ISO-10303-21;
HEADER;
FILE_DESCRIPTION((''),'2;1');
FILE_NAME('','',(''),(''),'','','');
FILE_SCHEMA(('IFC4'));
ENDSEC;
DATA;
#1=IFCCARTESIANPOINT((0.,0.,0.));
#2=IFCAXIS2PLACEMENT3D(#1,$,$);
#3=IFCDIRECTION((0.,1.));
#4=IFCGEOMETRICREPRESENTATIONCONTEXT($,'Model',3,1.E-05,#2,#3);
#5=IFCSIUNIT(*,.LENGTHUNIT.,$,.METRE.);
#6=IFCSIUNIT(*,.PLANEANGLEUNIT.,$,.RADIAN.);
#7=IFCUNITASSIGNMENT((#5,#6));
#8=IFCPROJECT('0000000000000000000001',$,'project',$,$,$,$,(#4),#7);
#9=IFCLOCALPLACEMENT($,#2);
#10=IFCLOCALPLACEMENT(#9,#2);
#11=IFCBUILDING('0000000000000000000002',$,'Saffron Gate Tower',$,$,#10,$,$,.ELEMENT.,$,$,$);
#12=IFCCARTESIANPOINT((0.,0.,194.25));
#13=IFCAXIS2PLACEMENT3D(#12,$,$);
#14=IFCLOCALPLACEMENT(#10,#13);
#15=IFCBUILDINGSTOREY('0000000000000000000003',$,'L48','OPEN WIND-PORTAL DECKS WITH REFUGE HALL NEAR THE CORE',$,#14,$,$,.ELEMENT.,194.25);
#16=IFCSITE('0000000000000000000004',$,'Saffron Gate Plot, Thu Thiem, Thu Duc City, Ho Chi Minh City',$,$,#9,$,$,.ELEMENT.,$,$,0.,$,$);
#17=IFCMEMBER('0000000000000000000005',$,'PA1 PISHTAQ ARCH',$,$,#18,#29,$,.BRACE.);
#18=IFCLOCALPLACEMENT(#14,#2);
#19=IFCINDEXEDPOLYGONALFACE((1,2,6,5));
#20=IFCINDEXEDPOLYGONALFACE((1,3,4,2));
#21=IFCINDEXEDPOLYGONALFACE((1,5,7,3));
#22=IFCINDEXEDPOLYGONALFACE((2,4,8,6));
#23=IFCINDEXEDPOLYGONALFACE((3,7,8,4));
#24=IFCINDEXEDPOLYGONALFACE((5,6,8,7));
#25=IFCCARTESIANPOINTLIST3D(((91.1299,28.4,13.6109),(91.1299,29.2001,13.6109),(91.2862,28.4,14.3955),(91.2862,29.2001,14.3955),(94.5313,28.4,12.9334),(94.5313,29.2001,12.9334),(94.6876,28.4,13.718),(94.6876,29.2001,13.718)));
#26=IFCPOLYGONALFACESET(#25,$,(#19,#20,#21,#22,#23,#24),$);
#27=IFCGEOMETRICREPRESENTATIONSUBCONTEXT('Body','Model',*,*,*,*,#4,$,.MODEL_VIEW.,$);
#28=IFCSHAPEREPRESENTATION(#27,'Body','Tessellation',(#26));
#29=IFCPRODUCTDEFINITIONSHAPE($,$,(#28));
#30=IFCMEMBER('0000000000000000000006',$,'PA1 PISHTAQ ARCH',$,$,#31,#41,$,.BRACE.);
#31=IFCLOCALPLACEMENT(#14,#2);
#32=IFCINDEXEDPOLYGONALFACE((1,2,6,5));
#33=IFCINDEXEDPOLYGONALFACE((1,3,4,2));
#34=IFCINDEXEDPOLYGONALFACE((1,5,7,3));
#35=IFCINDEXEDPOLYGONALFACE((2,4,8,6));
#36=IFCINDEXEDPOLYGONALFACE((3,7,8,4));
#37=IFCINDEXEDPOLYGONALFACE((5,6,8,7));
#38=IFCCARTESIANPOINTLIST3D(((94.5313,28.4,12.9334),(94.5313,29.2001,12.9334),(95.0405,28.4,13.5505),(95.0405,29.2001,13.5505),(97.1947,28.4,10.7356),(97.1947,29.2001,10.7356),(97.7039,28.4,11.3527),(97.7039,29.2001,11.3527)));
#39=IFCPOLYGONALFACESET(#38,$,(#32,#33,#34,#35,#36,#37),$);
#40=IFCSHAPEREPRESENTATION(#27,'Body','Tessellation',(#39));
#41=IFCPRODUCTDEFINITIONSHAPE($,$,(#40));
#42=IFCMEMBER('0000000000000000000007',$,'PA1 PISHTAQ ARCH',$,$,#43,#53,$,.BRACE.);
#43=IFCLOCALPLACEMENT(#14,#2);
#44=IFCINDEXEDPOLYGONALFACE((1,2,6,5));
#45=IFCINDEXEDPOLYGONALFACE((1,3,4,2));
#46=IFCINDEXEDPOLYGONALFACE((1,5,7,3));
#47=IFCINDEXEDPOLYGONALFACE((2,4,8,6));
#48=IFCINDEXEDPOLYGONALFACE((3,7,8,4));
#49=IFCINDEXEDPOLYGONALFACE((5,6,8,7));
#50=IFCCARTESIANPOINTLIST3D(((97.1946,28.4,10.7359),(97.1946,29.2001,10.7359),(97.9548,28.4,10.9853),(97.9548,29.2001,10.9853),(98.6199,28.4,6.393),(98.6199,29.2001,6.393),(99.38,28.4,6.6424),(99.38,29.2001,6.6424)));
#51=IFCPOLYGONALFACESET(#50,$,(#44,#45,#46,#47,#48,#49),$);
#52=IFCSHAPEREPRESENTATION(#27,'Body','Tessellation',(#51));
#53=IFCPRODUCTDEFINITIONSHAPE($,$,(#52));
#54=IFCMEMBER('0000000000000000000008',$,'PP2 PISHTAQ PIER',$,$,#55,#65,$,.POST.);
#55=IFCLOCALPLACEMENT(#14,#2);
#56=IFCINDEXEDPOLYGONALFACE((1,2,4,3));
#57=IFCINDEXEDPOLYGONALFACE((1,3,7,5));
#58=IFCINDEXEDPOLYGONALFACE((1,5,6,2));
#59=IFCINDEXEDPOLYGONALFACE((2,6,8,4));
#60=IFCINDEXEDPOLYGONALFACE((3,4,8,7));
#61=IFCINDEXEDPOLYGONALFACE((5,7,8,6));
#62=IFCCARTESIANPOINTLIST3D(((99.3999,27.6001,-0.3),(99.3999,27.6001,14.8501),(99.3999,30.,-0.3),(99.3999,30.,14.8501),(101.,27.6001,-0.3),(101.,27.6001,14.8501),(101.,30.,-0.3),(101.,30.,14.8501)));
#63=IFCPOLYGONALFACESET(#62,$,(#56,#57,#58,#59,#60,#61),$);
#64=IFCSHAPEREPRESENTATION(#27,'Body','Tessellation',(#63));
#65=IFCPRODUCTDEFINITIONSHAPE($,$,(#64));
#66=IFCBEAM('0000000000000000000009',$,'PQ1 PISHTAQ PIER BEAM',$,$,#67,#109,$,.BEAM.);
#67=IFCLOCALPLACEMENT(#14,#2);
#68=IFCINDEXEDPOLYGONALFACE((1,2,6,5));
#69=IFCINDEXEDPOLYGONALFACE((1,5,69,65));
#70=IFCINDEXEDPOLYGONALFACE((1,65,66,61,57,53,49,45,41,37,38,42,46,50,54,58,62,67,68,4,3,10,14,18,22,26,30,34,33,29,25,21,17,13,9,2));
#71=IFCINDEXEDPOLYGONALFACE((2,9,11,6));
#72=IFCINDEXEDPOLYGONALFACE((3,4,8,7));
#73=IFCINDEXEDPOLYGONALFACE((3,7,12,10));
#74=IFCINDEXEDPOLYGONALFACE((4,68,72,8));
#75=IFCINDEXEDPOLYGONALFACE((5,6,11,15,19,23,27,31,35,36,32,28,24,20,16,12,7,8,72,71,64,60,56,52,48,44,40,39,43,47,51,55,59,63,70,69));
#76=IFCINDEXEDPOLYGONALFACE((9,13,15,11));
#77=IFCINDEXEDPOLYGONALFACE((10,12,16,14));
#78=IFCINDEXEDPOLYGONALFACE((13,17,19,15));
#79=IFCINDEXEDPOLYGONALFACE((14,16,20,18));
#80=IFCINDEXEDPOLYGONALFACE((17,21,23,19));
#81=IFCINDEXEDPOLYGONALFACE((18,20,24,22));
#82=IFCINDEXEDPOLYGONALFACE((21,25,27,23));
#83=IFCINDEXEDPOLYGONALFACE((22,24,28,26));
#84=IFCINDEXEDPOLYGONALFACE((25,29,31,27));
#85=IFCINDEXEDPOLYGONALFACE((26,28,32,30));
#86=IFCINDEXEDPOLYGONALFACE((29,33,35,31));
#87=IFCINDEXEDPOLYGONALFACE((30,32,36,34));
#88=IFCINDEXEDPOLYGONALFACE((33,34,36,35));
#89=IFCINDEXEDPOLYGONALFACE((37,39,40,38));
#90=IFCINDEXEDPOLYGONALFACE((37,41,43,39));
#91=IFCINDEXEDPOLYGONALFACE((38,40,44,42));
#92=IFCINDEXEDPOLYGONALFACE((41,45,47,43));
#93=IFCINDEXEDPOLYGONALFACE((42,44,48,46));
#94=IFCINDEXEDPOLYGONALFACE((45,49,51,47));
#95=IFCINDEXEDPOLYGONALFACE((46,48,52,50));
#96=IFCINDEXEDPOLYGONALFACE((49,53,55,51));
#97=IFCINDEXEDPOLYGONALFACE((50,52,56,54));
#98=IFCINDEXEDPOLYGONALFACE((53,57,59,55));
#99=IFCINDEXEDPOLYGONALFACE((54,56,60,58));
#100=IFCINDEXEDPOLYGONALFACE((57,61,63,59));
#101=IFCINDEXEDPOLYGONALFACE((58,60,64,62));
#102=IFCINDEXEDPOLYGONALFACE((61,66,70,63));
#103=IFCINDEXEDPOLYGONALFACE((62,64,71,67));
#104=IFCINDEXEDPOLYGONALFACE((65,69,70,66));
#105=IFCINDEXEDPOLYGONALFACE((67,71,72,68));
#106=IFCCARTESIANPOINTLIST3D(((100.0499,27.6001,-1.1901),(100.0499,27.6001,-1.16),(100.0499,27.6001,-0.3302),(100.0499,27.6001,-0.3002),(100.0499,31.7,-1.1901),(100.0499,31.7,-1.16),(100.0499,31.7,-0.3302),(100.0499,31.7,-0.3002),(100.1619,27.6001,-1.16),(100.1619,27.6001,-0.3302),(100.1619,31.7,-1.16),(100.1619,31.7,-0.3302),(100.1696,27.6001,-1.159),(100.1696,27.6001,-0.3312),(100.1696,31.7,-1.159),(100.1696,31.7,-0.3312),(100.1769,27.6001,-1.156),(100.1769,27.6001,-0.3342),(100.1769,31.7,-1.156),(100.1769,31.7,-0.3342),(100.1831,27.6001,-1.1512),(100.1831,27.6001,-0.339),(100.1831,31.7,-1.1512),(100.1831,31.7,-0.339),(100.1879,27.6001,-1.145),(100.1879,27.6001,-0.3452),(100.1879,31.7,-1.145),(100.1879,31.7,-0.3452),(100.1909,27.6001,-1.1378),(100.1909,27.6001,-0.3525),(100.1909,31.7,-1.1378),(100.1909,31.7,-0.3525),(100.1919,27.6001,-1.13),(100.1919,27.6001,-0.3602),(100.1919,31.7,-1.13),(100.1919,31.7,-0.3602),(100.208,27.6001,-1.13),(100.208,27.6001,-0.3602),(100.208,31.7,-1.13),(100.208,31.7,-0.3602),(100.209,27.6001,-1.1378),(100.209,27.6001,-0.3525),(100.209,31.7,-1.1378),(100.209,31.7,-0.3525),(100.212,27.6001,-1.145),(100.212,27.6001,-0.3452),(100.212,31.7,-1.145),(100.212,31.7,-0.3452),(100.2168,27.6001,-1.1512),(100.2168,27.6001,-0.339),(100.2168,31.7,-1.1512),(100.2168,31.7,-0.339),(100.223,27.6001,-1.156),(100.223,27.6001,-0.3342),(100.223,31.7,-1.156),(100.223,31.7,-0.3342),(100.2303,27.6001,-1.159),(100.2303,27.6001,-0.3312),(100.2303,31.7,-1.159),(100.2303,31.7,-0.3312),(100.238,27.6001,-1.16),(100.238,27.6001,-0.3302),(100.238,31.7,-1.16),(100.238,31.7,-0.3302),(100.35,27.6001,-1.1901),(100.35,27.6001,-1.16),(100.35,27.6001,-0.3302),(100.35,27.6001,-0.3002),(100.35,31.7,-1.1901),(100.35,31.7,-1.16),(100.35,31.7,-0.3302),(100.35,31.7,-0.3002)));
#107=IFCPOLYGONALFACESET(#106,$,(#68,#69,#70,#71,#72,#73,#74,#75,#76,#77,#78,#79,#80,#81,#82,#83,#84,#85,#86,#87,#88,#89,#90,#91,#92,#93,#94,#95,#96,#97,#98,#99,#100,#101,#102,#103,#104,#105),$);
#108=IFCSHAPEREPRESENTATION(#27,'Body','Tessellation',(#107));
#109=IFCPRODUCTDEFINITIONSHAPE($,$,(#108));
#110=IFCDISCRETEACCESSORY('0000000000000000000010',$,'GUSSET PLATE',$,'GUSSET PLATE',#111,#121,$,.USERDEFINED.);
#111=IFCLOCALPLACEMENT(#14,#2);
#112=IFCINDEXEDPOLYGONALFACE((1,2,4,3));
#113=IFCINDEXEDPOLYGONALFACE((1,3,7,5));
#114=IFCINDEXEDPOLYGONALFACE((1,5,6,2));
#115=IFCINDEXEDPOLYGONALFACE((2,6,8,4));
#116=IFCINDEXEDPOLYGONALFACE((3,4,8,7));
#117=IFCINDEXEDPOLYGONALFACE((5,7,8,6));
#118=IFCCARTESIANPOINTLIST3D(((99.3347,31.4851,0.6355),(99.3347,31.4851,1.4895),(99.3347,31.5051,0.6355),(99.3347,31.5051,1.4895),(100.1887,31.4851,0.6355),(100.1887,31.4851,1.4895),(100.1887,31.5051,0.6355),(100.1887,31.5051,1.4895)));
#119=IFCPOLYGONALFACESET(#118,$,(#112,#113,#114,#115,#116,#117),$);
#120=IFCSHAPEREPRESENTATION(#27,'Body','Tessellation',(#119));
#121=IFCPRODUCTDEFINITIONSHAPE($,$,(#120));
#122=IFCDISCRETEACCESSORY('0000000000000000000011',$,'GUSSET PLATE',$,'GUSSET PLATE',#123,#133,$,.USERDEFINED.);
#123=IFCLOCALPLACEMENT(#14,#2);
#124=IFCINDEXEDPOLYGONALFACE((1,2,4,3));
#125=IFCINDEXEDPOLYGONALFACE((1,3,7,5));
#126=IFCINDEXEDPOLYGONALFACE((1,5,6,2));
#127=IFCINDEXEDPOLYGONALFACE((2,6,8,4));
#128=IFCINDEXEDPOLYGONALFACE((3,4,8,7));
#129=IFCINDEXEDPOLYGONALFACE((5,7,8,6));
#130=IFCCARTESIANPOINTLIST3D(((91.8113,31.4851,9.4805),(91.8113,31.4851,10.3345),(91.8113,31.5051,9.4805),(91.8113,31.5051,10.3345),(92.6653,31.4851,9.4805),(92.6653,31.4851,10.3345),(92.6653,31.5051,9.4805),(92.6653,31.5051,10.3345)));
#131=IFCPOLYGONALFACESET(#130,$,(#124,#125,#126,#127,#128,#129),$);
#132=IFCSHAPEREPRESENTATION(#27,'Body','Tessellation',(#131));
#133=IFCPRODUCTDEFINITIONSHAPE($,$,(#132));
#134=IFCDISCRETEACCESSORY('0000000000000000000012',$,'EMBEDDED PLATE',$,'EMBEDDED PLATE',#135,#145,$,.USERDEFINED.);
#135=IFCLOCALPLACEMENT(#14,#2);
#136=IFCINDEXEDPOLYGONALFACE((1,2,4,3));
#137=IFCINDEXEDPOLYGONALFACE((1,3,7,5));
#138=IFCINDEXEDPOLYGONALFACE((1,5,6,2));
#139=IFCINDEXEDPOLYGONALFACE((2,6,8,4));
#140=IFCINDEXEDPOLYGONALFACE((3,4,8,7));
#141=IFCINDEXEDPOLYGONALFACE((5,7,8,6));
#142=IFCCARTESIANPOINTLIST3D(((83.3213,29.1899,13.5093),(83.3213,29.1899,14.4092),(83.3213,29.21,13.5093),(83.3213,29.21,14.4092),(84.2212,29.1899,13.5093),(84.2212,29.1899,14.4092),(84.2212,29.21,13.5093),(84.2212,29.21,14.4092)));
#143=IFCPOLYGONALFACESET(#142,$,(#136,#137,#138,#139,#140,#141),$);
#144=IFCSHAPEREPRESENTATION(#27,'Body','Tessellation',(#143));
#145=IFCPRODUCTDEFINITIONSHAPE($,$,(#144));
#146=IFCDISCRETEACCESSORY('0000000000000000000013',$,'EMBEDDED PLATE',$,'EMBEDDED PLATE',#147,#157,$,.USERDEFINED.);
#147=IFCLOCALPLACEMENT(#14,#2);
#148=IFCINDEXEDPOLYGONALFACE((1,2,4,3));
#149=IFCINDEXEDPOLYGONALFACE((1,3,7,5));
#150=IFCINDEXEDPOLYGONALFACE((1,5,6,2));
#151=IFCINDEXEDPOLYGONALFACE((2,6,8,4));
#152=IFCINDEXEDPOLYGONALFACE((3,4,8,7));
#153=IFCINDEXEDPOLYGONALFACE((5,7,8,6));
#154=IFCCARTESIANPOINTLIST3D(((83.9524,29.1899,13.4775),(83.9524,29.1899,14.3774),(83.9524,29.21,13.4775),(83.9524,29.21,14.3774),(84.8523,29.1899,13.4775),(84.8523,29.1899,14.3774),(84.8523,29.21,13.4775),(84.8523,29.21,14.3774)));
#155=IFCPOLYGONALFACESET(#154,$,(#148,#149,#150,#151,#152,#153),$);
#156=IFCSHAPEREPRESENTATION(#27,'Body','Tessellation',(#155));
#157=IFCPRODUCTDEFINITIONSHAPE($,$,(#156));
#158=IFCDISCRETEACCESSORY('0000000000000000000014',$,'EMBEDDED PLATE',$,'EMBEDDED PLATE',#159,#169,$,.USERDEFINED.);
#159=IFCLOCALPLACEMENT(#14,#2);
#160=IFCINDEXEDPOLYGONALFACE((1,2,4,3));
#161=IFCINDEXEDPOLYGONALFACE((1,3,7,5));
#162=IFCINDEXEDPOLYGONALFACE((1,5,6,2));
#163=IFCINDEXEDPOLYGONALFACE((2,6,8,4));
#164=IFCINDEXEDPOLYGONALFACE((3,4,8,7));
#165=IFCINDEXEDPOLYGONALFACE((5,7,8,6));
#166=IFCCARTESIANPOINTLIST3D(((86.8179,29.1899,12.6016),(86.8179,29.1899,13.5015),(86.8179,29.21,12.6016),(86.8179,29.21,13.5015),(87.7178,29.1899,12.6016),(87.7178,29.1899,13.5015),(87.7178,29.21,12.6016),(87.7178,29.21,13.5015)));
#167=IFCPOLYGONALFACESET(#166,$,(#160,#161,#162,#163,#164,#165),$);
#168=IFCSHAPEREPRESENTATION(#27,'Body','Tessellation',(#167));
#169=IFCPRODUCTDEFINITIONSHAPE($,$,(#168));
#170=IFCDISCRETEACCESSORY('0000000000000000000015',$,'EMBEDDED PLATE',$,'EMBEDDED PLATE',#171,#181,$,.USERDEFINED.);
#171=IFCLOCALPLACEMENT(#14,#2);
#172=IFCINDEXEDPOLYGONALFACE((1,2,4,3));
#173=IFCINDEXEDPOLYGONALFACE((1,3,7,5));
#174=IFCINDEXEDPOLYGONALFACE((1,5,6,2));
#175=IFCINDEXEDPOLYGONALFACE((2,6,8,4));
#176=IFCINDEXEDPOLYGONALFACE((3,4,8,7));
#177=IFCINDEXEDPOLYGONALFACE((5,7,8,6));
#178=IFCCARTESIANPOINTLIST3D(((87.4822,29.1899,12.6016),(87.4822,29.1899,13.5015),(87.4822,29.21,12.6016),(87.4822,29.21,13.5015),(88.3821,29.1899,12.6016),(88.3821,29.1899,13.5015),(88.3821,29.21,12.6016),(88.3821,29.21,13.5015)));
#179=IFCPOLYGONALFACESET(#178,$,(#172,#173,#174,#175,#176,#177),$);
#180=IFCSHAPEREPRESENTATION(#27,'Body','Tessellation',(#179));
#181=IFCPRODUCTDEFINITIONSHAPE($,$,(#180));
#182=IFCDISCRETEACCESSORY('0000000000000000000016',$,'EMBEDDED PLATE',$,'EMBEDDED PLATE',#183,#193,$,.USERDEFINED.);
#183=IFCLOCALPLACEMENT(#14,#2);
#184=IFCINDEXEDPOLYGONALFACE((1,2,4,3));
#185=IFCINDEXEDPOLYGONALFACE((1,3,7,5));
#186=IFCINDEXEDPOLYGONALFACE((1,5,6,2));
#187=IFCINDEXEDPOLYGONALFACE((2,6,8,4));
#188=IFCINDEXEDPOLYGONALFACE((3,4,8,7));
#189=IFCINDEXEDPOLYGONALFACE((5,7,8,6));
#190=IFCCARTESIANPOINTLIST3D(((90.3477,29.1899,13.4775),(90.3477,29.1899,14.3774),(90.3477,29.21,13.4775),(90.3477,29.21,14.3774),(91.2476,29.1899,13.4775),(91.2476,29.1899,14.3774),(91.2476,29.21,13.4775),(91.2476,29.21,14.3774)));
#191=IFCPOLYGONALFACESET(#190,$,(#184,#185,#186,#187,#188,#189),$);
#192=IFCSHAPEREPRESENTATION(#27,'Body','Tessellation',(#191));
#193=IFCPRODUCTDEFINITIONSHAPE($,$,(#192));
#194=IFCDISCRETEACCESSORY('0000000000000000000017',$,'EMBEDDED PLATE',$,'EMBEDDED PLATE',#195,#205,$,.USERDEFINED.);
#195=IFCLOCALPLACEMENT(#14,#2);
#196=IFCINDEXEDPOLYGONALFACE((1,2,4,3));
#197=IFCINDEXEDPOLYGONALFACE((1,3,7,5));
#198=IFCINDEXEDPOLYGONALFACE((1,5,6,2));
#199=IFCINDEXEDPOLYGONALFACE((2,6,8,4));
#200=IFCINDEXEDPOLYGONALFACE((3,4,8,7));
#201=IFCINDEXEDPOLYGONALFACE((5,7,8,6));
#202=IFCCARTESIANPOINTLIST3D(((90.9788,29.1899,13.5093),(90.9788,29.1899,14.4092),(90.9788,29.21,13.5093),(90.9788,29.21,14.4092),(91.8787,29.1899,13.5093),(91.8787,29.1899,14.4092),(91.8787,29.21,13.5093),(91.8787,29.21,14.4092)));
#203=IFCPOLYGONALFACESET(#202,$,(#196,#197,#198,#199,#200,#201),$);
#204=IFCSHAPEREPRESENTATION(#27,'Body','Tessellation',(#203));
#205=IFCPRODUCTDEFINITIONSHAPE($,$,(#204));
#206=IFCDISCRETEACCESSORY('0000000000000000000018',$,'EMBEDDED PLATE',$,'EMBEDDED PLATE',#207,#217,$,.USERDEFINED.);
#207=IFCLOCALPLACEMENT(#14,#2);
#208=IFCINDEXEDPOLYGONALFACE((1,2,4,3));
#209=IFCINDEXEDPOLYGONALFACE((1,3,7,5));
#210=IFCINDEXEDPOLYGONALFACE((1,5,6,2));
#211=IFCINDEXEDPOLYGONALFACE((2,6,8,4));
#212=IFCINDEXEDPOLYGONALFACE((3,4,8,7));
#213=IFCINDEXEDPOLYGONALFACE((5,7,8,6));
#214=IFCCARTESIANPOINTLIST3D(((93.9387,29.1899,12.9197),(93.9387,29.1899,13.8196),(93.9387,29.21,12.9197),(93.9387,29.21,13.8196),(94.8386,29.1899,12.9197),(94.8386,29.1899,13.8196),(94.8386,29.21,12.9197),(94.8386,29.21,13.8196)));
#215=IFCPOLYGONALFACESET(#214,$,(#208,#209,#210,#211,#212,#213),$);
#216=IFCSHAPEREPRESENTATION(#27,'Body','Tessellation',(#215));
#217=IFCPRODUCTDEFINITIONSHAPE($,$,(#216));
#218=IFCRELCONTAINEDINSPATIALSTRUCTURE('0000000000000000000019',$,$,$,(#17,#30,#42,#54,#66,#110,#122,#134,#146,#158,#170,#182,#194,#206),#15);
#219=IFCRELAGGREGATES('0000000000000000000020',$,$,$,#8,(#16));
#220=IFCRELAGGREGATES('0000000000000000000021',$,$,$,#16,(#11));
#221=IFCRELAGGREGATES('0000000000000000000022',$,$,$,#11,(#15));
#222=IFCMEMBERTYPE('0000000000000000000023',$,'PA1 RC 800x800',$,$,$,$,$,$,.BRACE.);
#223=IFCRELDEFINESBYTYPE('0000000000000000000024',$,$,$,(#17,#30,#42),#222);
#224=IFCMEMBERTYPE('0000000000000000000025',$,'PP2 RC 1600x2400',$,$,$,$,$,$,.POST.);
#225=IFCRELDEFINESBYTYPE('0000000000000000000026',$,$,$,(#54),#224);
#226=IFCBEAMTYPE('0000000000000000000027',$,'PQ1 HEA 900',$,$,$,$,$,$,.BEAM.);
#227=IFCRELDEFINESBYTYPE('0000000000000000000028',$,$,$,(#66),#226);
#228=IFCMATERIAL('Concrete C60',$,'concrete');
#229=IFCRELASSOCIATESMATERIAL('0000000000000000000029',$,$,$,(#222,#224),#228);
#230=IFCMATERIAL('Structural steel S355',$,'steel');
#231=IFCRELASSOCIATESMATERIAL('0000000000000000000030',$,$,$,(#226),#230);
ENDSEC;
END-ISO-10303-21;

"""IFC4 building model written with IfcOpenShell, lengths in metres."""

from ifc_helpers import new_model, si_unit, direction, frame, origin, origin_2d, place, context, subcontext, project, spatial, rectangle, i_section, extrude, material, material_profile, profile_set, type_object, element, save


model = new_model("IFC4")

# Units and contexts
model_context = context("Model", 3, precision=1e-05, world=origin(), true_north=direction((0.0, 1.0)))
body_context = subcontext(model_context, "Body", "Model", "MODEL_VIEW")
ifc_project = project(units=[si_unit("LENGTHUNIT", "METRE"), si_unit("PLANEANGLEUNIT", "RADIAN")], contexts=[model_context])

# Site, building, storey
site_placement = place(None, origin())
site = spatial("IfcSite", under=ifc_project, at=site_placement, Name="Saffron Gate Plot, Thu Thiem, Thu Duc City, Ho Chi Minh City", CompositionType="ELEMENT", RefElevation=0.0)
building_placement = place(site_placement, origin())
building = spatial("IfcBuilding", under=site, at=building_placement, Name="Saffron Gate Tower", CompositionType="ELEMENT")
storey_placement = place(building_placement, frame((0.0, 0.0, 194.25)))
storey = spatial("IfcBuildingStorey", under=building, at=storey_placement, Name="L48", Description="OPEN WIND-PORTAL DECKS WITH REFUGE HALL NEAR THE CORE", CompositionType="ELEMENT", Elevation=194.25)

# Shared definitions
ifc_material_1 = material(Name="Structural steel S355", Category="steel")

# Members
ifc_material_2 = material(Name="Concrete C60", Category="concrete")
ifc_material_profile_1 = material_profile(ifc_material_2, rectangle(XDim=0.8, YDim=0.8, at=origin_2d()))
ifc_profile_set_1 = profile_set([ifc_material_profile_1], Name="Concrete C60")
member_type_1 = type_object("IfcMemberType", Name="PA1 RC 800x800", PredefinedType="BRACE", material=ifc_profile_set_1)
member_1_placement = place(storey_placement, frame((91.208, 28.8, 14.0032), z_axis=(0.980735, 0.0, -0.195344), x_axis=(0.0, 1.0, 0.0)))
element("IfcMember", 1, at=member_1_placement, inside=storey, type_object=member_type_1, Name="PA1 PISHTAQ ARCH", PredefinedType="BRACE", context=body_context, shape_type="SweptSolid", body=[
    extrude(rectangle(XDim=0.8, YDim=0.8, at=origin_2d()), origin(), (0.0, 0.0, 1.0), 3.4683),
])
member_2_placement = place(storey_placement, frame((94.7859, 28.8, 13.2419), z_axis=(0.771301, 0.0, -0.63647), x_axis=(0.0, 1.0, 0.0)))
element("IfcMember", 2, at=member_2_placement, inside=storey, type_object=member_type_1, Name="PA1 PISHTAQ ARCH", PredefinedType="BRACE", context=body_context, shape_type="SweptSolid", body=[
    extrude(rectangle(XDim=0.8, YDim=0.8, at=origin_2d()), origin(), (0.0, 0.0, 1.0), 3.4531),
])
member_3_placement = place(storey_placement, frame((97.5747, 28.8, 10.8606), z_axis=(0.311818, 0.0, -0.950142), x_axis=(0.0, 1.0, 0.0)))
element("IfcMember", 3, at=member_3_placement, inside=storey, type_object=member_type_1, Name="PA1 PISHTAQ ARCH", PredefinedType="BRACE", context=body_context, shape_type="SweptSolid", body=[
    extrude(rectangle(XDim=0.8, YDim=0.8, at=origin_2d()), origin(), (0.0, 0.0, 1.0), 4.5708),
])
ifc_material_profile_2 = material_profile(ifc_material_2, rectangle(XDim=1.6001, YDim=2.3999, at=origin_2d()))
ifc_profile_set_2 = profile_set([ifc_material_profile_2], Name="Concrete C60")
member_type_2 = type_object("IfcMemberType", Name="PP2 RC 1600x2400", PredefinedType="POST", material=ifc_profile_set_2)
member_4_placement = place(storey_placement, frame((100.2, 28.8, -0.3), z_axis=(0.0, 0.0, 1.0), x_axis=(1.0, 0.0, 0.0)))
element("IfcMember", 4, at=member_4_placement, inside=storey, type_object=member_type_2, Name="PP2 PISHTAQ PIER", PredefinedType="POST", context=body_context, shape_type="SweptSolid", body=[
    extrude(rectangle(XDim=1.6001, YDim=2.3999, at=origin_2d()), origin(), (0.0, 0.0, 1.0), 15.1501),
])

# Beam
ifc_material_profile_3 = material_profile(ifc_material_1, i_section(OverallWidth=0.3, OverallDepth=0.8899, WebThickness=0.0161, FlangeThickness=0.03, FilletRadius=0.03, at=origin_2d()))
ifc_profile_set_3 = profile_set([ifc_material_profile_3], Name="Structural steel S355")
beam_type_1 = type_object("IfcBeamType", Name="PQ1 HEA 900", PredefinedType="BEAM", material=ifc_profile_set_3)
beam_1_placement = place(storey_placement, frame((100.2, 27.6001, -0.7451), z_axis=(0.0, 1.0, 0.0), x_axis=(-1.0, 0.0, 0.0)))
element("IfcBeam", 5, at=beam_1_placement, inside=storey, type_object=beam_type_1, Name="PQ1 PISHTAQ PIER BEAM", PredefinedType="BEAM", context=body_context, shape_type="SweptSolid", body=[
    extrude(i_section(OverallWidth=0.3, OverallDepth=0.8899, WebThickness=0.0161, FlangeThickness=0.03, FilletRadius=0.03, at=origin_2d()), origin(), (0.0, 0.0, 1.0), 4.0999),
])

# Discrete accessories
for number, where, z_axis, x_axis, name in (
    (6, (99.7617, 31.4951, 0.6355), (0.0, 0.0, 1.0), (-1.0, 0.0, 0.0), "GUSSET PLATE"),
    (7, (92.2383, 31.4951, 9.4805), (0.0, 0.0, 1.0), (-1.0, 0.0, 0.0), "GUSSET PLATE"),
):
    element("IfcDiscreteAccessory", number, at=place(storey_placement, frame(where, z_axis=z_axis, x_axis=x_axis)), inside=storey, Name=name, ObjectType="GUSSET PLATE", PredefinedType="USERDEFINED", context=body_context, shape_type="SweptSolid", body=[
        extrude(rectangle(XDim=0.854, YDim=0.02, at=origin_2d()), origin(), (0.0, 0.0, 1.0), 0.854),
    ])
for number, where, z_axis, x_axis, name in (
    (8, (83.7712, 29.2, 13.5093), (0.0, 0.0, 1.0), (1.0, 0.0, 0.0), "EMBEDDED PLATE"),
    (9, (84.4023, 29.2, 13.4775), (0.0, 0.0, 1.0), (1.0, 0.0, 0.0), "EMBEDDED PLATE"),
    (10, (87.2678, 29.2, 12.6016), (0.0, 0.0, 1.0), (1.0, 0.0, 0.0), "EMBEDDED PLATE"),
    (11, (87.9321, 29.2, 12.6016), (0.0, 0.0, 1.0), (1.0, 0.0, 0.0), "EMBEDDED PLATE"),
    (12, (90.7976, 29.2, 13.4775), (0.0, 0.0, 1.0), (1.0, 0.0, 0.0), "EMBEDDED PLATE"),
    (13, (91.4287, 29.2, 13.5093), (0.0, 0.0, 1.0), (1.0, 0.0, 0.0), "EMBEDDED PLATE"),
    (14, (94.3887, 29.2, 12.9197), (0.0, 0.0, 1.0), (1.0, 0.0, 0.0), "EMBEDDED PLATE"),
):
    element("IfcDiscreteAccessory", number, at=place(storey_placement, frame(where, z_axis=z_axis, x_axis=x_axis)), inside=storey, Name=name, ObjectType="EMBEDDED PLATE", PredefinedType="USERDEFINED", context=body_context, shape_type="SweptSolid", body=[
        extrude(rectangle(XDim=0.8999, YDim=0.02, at=origin_2d()), origin(), (0.0, 0.0, 1.0), 0.8999),
    ])

save(model, "model.ifc")
